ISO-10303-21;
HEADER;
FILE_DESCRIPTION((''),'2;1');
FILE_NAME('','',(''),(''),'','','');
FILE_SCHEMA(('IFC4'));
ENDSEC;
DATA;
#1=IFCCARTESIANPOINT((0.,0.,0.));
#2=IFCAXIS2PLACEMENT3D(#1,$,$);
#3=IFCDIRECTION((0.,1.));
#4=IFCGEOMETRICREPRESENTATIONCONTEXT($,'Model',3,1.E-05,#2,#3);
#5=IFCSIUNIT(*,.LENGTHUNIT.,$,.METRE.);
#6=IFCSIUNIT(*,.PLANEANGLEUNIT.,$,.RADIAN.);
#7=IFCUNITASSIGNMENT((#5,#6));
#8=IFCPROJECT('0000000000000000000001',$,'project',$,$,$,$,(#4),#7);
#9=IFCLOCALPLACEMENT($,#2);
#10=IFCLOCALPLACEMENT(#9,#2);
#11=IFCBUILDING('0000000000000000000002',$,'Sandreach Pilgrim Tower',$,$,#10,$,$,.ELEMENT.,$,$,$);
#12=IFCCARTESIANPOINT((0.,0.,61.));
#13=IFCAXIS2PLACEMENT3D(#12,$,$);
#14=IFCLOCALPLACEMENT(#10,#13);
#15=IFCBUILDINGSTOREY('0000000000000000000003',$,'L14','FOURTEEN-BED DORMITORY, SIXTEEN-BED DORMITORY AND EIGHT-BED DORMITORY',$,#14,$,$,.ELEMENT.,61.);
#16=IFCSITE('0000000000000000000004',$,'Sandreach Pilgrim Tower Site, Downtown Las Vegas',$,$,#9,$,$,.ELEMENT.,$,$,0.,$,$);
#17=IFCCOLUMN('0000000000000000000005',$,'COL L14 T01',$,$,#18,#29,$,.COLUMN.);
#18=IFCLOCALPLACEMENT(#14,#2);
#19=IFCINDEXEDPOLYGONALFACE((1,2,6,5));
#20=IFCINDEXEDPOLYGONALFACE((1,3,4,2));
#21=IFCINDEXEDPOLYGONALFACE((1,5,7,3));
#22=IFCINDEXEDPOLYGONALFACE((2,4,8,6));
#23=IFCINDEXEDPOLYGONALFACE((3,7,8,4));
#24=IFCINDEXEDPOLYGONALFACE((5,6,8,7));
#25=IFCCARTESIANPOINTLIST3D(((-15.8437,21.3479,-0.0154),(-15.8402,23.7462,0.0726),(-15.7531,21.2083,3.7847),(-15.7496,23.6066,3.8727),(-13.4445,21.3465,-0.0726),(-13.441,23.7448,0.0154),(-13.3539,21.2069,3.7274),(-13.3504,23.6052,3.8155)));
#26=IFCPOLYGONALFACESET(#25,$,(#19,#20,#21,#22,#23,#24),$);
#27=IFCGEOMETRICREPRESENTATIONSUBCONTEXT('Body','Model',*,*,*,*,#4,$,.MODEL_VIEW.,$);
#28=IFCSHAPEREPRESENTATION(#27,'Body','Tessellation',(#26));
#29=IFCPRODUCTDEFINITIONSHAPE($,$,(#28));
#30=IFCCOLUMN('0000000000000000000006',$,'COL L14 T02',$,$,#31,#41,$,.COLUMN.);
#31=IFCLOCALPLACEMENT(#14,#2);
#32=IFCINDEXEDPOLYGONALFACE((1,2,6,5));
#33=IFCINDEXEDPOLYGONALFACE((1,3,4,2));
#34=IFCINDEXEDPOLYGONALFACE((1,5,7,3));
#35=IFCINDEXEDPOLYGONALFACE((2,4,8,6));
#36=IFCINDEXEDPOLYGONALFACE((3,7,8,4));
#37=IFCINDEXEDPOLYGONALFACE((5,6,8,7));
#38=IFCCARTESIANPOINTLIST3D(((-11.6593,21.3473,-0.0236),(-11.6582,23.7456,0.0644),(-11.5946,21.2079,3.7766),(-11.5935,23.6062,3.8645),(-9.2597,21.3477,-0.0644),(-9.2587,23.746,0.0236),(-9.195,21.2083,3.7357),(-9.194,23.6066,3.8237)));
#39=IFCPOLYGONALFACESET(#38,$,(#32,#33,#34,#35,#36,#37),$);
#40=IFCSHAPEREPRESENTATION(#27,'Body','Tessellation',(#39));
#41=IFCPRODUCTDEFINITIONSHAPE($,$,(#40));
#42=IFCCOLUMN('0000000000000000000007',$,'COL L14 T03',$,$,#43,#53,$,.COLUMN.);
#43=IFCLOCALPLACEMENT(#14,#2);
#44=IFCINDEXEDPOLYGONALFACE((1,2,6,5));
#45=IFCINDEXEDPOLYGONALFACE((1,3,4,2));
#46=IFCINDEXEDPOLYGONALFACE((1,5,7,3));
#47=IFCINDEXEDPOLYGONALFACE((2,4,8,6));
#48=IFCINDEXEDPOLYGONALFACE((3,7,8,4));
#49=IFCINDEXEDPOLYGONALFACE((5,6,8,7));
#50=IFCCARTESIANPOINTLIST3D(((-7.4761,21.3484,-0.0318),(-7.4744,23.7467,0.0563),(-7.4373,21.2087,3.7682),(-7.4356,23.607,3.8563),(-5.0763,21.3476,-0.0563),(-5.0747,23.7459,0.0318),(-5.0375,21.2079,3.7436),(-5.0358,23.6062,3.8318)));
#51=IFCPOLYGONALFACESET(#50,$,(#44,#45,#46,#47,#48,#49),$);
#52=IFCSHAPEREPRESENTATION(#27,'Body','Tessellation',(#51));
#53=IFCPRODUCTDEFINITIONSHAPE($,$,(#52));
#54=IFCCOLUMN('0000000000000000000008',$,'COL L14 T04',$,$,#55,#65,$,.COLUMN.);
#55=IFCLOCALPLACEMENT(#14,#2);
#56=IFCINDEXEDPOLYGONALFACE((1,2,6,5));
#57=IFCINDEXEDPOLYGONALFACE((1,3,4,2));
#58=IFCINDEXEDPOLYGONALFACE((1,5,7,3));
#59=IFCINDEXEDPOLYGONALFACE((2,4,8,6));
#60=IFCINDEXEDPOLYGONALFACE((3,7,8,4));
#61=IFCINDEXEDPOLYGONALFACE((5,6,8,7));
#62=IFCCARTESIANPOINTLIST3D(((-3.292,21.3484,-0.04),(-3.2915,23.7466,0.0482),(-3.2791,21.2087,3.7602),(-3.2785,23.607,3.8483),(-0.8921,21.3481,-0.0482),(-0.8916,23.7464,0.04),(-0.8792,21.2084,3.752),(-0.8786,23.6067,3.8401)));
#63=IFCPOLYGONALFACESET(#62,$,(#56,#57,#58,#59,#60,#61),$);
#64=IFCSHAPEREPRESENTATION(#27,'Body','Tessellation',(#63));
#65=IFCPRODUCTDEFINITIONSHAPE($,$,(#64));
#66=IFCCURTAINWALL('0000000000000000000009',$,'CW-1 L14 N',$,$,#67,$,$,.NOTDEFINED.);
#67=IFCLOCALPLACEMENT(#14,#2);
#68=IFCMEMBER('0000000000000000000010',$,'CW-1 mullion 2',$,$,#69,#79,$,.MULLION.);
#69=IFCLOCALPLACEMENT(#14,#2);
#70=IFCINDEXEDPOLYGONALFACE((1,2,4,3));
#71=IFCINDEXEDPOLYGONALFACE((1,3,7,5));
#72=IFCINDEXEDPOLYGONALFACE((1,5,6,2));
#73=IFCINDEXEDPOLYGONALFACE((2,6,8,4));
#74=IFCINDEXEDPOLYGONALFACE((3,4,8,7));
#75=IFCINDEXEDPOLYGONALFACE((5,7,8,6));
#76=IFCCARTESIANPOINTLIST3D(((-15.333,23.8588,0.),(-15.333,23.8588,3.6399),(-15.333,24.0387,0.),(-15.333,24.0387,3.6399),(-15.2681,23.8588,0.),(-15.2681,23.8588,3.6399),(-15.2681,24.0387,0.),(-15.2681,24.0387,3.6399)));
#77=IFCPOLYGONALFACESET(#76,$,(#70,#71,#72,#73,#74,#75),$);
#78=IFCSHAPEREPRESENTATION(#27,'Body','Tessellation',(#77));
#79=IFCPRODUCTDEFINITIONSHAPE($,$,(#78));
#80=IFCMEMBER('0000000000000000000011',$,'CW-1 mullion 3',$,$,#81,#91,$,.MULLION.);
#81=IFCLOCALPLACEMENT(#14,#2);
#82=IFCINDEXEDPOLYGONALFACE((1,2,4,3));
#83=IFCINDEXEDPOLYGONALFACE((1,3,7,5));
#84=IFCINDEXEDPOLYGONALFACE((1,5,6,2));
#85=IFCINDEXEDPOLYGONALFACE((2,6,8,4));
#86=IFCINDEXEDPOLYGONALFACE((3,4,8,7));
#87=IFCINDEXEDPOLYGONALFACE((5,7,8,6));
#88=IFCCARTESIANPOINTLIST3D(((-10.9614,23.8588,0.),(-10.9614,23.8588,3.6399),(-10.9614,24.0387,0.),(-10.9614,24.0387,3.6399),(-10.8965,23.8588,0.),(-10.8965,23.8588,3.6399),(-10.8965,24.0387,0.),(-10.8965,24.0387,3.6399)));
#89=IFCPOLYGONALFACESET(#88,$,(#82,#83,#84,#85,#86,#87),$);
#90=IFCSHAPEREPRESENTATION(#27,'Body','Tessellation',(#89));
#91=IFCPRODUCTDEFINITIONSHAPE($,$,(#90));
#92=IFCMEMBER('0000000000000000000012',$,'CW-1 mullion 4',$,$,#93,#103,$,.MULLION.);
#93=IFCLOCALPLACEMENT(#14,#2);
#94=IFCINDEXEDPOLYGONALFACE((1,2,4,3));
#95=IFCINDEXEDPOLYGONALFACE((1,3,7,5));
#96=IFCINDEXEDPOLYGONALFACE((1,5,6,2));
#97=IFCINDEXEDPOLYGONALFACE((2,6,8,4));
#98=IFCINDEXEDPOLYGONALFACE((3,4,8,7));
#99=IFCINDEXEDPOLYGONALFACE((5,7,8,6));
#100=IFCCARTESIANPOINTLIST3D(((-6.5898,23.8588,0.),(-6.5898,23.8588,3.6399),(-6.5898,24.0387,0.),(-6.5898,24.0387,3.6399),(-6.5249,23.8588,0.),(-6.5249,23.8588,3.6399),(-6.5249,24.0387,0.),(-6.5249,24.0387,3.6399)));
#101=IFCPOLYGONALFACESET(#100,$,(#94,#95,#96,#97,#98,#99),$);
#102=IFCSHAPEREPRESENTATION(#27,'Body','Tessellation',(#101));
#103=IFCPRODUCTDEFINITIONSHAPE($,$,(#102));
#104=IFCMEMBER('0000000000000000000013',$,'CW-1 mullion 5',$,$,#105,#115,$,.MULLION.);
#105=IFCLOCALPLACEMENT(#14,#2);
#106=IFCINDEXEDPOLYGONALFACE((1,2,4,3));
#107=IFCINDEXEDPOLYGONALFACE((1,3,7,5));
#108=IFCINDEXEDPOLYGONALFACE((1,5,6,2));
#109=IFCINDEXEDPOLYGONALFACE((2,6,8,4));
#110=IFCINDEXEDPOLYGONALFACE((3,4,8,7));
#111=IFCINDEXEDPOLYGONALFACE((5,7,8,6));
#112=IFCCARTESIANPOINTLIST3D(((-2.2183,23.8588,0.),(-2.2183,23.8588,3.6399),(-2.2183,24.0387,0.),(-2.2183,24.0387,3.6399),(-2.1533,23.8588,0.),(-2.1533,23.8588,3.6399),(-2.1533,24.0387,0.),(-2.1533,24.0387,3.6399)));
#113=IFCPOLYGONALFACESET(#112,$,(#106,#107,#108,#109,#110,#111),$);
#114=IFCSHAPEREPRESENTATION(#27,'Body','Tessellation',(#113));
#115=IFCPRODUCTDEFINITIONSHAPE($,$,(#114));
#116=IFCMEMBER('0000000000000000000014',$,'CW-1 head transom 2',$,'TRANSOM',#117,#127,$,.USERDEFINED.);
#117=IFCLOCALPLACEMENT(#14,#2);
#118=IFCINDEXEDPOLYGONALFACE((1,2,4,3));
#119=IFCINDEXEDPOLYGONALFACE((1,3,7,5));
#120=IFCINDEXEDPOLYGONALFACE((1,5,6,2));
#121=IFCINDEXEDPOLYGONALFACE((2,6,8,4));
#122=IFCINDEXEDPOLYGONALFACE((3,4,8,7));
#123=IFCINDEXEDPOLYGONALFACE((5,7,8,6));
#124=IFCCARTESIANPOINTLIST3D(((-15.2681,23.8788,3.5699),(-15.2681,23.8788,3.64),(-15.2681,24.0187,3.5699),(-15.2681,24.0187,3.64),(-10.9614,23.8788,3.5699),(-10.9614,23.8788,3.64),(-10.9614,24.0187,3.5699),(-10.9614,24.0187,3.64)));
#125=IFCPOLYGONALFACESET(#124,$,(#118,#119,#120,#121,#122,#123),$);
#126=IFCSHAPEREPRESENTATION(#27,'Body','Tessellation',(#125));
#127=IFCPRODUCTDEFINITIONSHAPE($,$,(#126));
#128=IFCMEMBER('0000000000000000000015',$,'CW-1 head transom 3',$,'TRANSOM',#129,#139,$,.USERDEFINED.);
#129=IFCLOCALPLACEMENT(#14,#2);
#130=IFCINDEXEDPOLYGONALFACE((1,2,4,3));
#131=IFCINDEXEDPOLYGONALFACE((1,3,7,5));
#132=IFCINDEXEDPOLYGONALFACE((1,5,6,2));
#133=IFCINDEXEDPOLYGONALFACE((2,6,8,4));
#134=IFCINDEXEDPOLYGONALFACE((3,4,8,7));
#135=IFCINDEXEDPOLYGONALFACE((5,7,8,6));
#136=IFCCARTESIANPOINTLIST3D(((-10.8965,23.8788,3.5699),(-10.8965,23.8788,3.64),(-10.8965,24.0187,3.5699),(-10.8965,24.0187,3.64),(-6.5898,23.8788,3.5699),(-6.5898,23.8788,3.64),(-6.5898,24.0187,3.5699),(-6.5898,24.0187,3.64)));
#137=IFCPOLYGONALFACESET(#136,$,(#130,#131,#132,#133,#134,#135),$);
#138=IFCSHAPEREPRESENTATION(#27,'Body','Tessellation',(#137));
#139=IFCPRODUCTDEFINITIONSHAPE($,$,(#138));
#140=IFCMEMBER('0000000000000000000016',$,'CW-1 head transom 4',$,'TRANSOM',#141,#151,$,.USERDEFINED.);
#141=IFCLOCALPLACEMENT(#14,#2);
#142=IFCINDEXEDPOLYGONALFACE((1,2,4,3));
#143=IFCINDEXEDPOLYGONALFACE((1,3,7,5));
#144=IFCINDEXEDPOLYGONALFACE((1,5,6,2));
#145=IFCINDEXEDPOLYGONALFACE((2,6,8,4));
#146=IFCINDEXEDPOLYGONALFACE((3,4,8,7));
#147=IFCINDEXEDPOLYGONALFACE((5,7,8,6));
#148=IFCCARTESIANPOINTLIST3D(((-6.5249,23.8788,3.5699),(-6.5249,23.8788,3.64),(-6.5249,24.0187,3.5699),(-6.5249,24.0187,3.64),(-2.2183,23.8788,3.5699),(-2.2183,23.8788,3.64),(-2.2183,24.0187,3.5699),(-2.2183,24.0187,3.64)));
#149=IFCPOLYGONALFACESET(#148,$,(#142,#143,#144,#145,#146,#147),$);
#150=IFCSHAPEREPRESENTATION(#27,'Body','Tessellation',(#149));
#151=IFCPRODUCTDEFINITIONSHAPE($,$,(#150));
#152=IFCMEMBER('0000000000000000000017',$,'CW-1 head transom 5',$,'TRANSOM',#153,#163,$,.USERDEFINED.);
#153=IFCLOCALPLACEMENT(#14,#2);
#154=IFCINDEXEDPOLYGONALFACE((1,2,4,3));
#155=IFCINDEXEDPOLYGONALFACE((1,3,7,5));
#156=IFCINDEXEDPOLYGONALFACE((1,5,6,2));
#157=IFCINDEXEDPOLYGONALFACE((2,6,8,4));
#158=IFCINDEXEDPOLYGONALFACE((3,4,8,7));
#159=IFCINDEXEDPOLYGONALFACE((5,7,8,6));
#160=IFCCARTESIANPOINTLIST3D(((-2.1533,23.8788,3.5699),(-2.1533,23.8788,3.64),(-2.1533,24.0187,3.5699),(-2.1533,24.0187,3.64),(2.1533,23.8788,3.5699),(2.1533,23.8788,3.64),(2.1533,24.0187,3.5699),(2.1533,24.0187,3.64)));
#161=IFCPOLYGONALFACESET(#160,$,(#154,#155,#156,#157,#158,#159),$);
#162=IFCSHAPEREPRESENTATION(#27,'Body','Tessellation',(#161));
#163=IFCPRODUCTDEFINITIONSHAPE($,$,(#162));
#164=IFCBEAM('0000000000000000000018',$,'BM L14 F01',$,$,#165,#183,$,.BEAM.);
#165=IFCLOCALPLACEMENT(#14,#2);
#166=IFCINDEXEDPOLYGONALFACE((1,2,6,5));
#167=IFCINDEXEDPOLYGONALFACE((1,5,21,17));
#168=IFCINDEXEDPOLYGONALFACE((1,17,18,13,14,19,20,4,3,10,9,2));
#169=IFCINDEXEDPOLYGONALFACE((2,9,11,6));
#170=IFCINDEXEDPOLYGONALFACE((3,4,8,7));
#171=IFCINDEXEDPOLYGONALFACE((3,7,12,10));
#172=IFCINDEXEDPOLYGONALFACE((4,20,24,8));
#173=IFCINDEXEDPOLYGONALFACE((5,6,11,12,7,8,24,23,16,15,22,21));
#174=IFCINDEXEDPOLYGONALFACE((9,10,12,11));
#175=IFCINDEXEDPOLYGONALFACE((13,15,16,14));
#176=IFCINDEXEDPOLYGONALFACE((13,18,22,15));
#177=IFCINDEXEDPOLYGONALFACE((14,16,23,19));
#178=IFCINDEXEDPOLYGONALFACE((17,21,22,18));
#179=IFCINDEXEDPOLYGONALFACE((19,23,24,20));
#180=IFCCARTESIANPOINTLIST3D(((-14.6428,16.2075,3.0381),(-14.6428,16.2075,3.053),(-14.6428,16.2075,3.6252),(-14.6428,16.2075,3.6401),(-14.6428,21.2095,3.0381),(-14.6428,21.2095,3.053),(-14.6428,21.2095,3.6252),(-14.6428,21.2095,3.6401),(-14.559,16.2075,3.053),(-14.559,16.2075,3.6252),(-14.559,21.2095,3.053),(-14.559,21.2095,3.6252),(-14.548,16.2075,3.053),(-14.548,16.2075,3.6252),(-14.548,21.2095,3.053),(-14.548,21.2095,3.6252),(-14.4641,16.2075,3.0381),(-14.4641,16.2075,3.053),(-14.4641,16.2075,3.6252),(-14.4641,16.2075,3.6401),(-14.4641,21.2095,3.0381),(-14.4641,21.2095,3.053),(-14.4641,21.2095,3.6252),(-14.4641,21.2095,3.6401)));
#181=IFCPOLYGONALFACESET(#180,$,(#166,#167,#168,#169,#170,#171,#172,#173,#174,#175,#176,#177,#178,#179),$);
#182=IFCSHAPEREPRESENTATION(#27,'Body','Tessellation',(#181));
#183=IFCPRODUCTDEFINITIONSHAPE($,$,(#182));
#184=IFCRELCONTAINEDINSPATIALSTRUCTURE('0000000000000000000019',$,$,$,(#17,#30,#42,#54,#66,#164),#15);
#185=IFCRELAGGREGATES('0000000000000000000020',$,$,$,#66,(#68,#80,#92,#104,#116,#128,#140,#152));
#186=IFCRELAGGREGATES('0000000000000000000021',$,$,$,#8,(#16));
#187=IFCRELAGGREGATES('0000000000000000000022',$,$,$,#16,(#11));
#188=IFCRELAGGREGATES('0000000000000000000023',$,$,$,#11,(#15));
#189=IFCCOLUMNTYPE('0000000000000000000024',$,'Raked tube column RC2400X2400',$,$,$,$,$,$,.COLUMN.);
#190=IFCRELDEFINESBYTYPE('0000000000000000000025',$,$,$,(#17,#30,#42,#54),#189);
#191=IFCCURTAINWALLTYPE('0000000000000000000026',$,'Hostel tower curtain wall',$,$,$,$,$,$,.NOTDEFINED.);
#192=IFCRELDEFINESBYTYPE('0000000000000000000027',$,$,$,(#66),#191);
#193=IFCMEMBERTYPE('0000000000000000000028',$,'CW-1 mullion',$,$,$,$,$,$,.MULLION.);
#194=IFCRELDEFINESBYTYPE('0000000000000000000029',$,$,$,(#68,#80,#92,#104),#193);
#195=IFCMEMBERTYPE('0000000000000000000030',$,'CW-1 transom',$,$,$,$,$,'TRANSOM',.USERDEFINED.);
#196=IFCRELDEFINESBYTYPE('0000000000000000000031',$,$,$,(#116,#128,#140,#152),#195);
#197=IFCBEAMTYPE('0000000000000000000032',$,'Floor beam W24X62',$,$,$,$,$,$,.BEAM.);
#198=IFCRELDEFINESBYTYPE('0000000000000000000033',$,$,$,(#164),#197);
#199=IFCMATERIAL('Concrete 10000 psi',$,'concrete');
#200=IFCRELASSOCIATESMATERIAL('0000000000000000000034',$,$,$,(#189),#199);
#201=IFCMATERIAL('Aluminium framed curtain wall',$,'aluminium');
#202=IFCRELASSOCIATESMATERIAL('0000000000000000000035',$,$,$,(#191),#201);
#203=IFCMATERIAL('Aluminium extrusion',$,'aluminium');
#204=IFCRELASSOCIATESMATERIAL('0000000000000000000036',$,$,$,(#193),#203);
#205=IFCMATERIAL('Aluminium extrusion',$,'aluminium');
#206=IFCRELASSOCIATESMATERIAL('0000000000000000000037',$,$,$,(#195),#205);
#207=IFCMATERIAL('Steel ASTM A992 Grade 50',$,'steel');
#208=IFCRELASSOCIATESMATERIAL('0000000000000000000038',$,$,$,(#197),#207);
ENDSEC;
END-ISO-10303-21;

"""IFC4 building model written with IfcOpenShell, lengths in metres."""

from ifc_helpers import new_model, si_unit, direction, frame, origin, origin_2d, place, context, subcontext, project, spatial, rectangle, i_section, extrude, material, material_profile, profile_set, type_object, element, aggregate, save


model = new_model("IFC4")

# Units and contexts
model_context = context("Model", 3, precision=1e-05, world=origin(), true_north=direction((0.0, 1.0)))
body_context = subcontext(model_context, "Body", "Model", "MODEL_VIEW")
ifc_project = project(units=[si_unit("LENGTHUNIT", "METRE"), si_unit("PLANEANGLEUNIT", "RADIAN")], contexts=[model_context])

# Site, building, storey
site_placement = place(None, origin())
site = spatial("IfcSite", under=ifc_project, at=site_placement, Name="Sandreach Pilgrim Tower Site, Downtown Las Vegas", CompositionType="ELEMENT", RefElevation=0.0)
building_placement = place(site_placement, origin())
building = spatial("IfcBuilding", under=site, at=building_placement, Name="Sandreach Pilgrim Tower", CompositionType="ELEMENT")
storey_placement = place(building_placement, frame((0.0, 0.0, 61.0)))
storey = spatial("IfcBuildingStorey", under=building, at=storey_placement, Name="L14", Description="FOURTEEN-BED DORMITORY, SIXTEEN-BED DORMITORY AND EIGHT-BED DORMITORY", CompositionType="ELEMENT", Elevation=61.0)

# Columns
ifc_material_1 = material(Name="Concrete 10000 psi", Category="concrete")
ifc_material_profile_1 = material_profile(ifc_material_1, rectangle(XDim=2.3999, YDim=2.3999, at=origin_2d()), Name="RC2400X2400")
ifc_profile_set_1 = profile_set([ifc_material_profile_1], Name="Concrete 10000 psi")
column_type = type_object("IfcColumnType", Name="Raked tube column RC2400X2400", PredefinedType="COLUMN", material=ifc_profile_set_1)
column_1_placement = place(storey_placement, frame((-14.6423, 22.5464, 0.0), z_axis=(0.023813, -0.036714, 0.999042), x_axis=(0.001458, 0.999326, 0.03669)))
element("IfcColumn", 1, at=column_1_placement, inside=storey, type_object=column_type, Name="COL L14 T01", PredefinedType="COLUMN", context=body_context, shape_type="SweptSolid", body=[
    extrude(rectangle(XDim=2.3999, YDim=2.3999, at=origin_2d()), origin(), (0.0, 0.0, 1.0), 3.8037),
])
column_2_placement = place(storey_placement, frame((-10.459, 22.5466, 0.0), z_axis=(0.017011, -0.036655, 0.999183), x_axis=(0.000444, 0.999328, 0.036653)))
element("IfcColumn", 2, at=column_2_placement, inside=storey, type_object=column_type, Name="COL L14 T02", PredefinedType="COLUMN", context=body_context, shape_type="SweptSolid", body=[
    extrude(rectangle(XDim=2.3999, YDim=2.3999, at=origin_2d()), origin(), (0.0, 0.0, 1.0), 3.8032),
])
for number, where, z_axis, x_axis, name in (
    (3, (-6.2754, 22.5471, 0.0), (0.010208, -0.036722, 0.999273), (0.000705, 0.999325, 0.036717), "COL L14 T03"),
    (4, (-2.0918, 22.5474, 0.0), (0.003403, -0.036724, 0.99932), (0.000242, 0.999325, 0.036724), "COL L14 T04"),
):
    element("IfcColumn", number, at=place(storey_placement, frame(where, z_axis=z_axis, x_axis=x_axis)), inside=storey, type_object=column_type, Name=name, PredefinedType="COLUMN", context=body_context, shape_type="SweptSolid", body=[
        extrude(rectangle(XDim=2.3999, YDim=2.3999, at=origin_2d()), origin(), (0.0, 0.0, 1.0), 3.8027),
    ])

# Curtain wall, members
ifc_material_2 = material(Name="Aluminium framed curtain wall", Category="aluminium")
curtain_wall_type = type_object("IfcCurtainWallType", Name="Hostel tower curtain wall", PredefinedType="NOTDEFINED", material=ifc_material_2)
curtain_wall_placement = place(storey_placement, origin())
curtain_wall = element("IfcCurtainWall", 5, at=curtain_wall_placement, inside=storey, type_object=curtain_wall_type, Name="CW-1 L14 N", PredefinedType="NOTDEFINED")
ifc_material_3 = material(Name="Aluminium extrusion", Category="aluminium")
ifc_material_profile_2 = material_profile(ifc_material_3, rectangle(XDim=0.0649, YDim=0.1799, at=origin_2d()), Name="CW-1M 65X180")
ifc_profile_set_2 = profile_set([ifc_material_profile_2], Name="Aluminium extrusion")
member_type_1 = type_object("IfcMemberType", Name="CW-1 mullion", PredefinedType="MULLION", material=ifc_profile_set_2)
member_1_placement = place(storey_placement, frame((-15.3005, 23.9487, 0.0), z_axis=(0.0, 0.0, 1.0), x_axis=(1.0, 0.0, 0.0)))
member_1 = element("IfcMember", 6, at=member_1_placement, type_object=member_type_1, Name="CW-1 mullion 2", PredefinedType="MULLION", context=body_context, shape_type="SweptSolid", body=[
    extrude(rectangle(XDim=0.0649, YDim=0.1799, at=origin_2d()), origin(), (0.0, 0.0, 1.0), 3.6399),
])
member_2_placement = place(storey_placement, frame((-10.929, 23.9487, 0.0), z_axis=(0.0, 0.0, 1.0), x_axis=(1.0, 0.0, 0.0)))
member_2 = element("IfcMember", 7, at=member_2_placement, type_object=member_type_1, Name="CW-1 mullion 3", PredefinedType="MULLION", context=body_context, shape_type="SweptSolid", body=[
    extrude(rectangle(XDim=0.0649, YDim=0.1799, at=origin_2d()), origin(), (0.0, 0.0, 1.0), 3.6399),
])
member_3_placement = place(storey_placement, frame((-6.5574, 23.9487, 0.0), z_axis=(0.0, 0.0, 1.0), x_axis=(1.0, 0.0, 0.0)))
member_3 = element("IfcMember", 8, at=member_3_placement, type_object=member_type_1, Name="CW-1 mullion 4", PredefinedType="MULLION", context=body_context, shape_type="SweptSolid", body=[
    extrude(rectangle(XDim=0.0649, YDim=0.1799, at=origin_2d()), origin(), (0.0, 0.0, 1.0), 3.6399),
])
member_4_placement = place(storey_placement, frame((-2.1858, 23.9487, 0.0), z_axis=(0.0, 0.0, 1.0), x_axis=(1.0, 0.0, 0.0)))
member_4 = element("IfcMember", 9, at=member_4_placement, type_object=member_type_1, Name="CW-1 mullion 5", PredefinedType="MULLION", context=body_context, shape_type="SweptSolid", body=[
    extrude(rectangle(XDim=0.0649, YDim=0.1799, at=origin_2d()), origin(), (0.0, 0.0, 1.0), 3.6399),
])
ifc_material_4 = material(Name="Aluminium extrusion", Category="aluminium")
ifc_material_profile_3 = material_profile(ifc_material_4, rectangle(XDim=0.1399, YDim=0.0701, at=origin_2d()), Name="CW-1T 140X70")
ifc_profile_set_3 = profile_set([ifc_material_profile_3], Name="Aluminium extrusion")
member_type_2 = type_object("IfcMemberType", Name="CW-1 transom", ElementType="TRANSOM", PredefinedType="USERDEFINED", material=ifc_profile_set_3)
member_5_placement = place(storey_placement, frame((-15.2681, 23.9487, 3.605), z_axis=(1.0, 0.0, 0.0), x_axis=(0.0, 1.0, 0.0)))
member_5 = element("IfcMember", 10, at=member_5_placement, type_object=member_type_2, Name="CW-1 head transom 2", ObjectType="TRANSOM", PredefinedType="USERDEFINED", context=body_context, shape_type="SweptSolid", body=[
    extrude(rectangle(XDim=0.1399, YDim=0.0701, at=origin_2d()), origin(), (0.0, 0.0, 1.0), 4.3066),
])
member_6_placement = place(storey_placement, frame((-10.8965, 23.9487, 3.605), z_axis=(1.0, 0.0, 0.0), x_axis=(0.0, 1.0, 0.0)))
member_6 = element("IfcMember", 11, at=member_6_placement, type_object=member_type_2, Name="CW-1 head transom 3", ObjectType="TRANSOM", PredefinedType="USERDEFINED", context=body_context, shape_type="SweptSolid", body=[
    extrude(rectangle(XDim=0.1399, YDim=0.0701, at=origin_2d()), origin(), (0.0, 0.0, 1.0), 4.3066),
])
member_7_placement = place(storey_placement, frame((-6.5249, 23.9487, 3.605), z_axis=(1.0, 0.0, 0.0), x_axis=(0.0, 1.0, 0.0)))
member_7 = element("IfcMember", 12, at=member_7_placement, type_object=member_type_2, Name="CW-1 head transom 4", ObjectType="TRANSOM", PredefinedType="USERDEFINED", context=body_context, shape_type="SweptSolid", body=[
    extrude(rectangle(XDim=0.1399, YDim=0.0701, at=origin_2d()), origin(), (0.0, 0.0, 1.0), 4.3066),
])
member_8_placement = place(storey_placement, frame((-2.1533, 23.9487, 3.605), z_axis=(1.0, 0.0, 0.0), x_axis=(0.0, 1.0, 0.0)))
member_8 = element("IfcMember", 13, at=member_8_placement, type_object=member_type_2, Name="CW-1 head transom 5", ObjectType="TRANSOM", PredefinedType="USERDEFINED", context=body_context, shape_type="SweptSolid", body=[
    extrude(rectangle(XDim=0.1399, YDim=0.0701, at=origin_2d()), origin(), (0.0, 0.0, 1.0), 4.3066),
])

# Beam
ifc_material_5 = material(Name="Steel ASTM A992 Grade 50", Category="steel")
ifc_material_profile_4 = material_profile(ifc_material_5, i_section(OverallWidth=0.1787, OverallDepth=0.6021, WebThickness=0.011, FlangeThickness=0.0149, at=origin_2d()), Name="W24X62")
ifc_profile_set_4 = profile_set([ifc_material_profile_4], Name="Steel ASTM A992 Grade 50")
beam_type_1 = type_object("IfcBeamType", Name="Floor beam W24X62", PredefinedType="BEAM", material=ifc_profile_set_4)
beam_1_placement = place(storey_placement, frame((-14.5535, 21.2095, 3.3391), z_axis=(0.0, -1.0, 0.0), x_axis=(1.0, 0.0, 0.0)))
element("IfcBeam", 14, at=beam_1_placement, inside=storey, type_object=beam_type_1, Name="BM L14 F01", PredefinedType="BEAM", context=body_context, shape_type="SweptSolid", body=[
    extrude(i_section(OverallWidth=0.1787, OverallDepth=0.6021, WebThickness=0.011, FlangeThickness=0.0149, at=origin_2d()), origin(), (0.0, 0.0, 1.0), 5.002),
])

aggregate(curtain_wall, [member_1, member_2, member_3, member_4, member_5, member_6, member_7, member_8])

save(model, "model.ifc")
